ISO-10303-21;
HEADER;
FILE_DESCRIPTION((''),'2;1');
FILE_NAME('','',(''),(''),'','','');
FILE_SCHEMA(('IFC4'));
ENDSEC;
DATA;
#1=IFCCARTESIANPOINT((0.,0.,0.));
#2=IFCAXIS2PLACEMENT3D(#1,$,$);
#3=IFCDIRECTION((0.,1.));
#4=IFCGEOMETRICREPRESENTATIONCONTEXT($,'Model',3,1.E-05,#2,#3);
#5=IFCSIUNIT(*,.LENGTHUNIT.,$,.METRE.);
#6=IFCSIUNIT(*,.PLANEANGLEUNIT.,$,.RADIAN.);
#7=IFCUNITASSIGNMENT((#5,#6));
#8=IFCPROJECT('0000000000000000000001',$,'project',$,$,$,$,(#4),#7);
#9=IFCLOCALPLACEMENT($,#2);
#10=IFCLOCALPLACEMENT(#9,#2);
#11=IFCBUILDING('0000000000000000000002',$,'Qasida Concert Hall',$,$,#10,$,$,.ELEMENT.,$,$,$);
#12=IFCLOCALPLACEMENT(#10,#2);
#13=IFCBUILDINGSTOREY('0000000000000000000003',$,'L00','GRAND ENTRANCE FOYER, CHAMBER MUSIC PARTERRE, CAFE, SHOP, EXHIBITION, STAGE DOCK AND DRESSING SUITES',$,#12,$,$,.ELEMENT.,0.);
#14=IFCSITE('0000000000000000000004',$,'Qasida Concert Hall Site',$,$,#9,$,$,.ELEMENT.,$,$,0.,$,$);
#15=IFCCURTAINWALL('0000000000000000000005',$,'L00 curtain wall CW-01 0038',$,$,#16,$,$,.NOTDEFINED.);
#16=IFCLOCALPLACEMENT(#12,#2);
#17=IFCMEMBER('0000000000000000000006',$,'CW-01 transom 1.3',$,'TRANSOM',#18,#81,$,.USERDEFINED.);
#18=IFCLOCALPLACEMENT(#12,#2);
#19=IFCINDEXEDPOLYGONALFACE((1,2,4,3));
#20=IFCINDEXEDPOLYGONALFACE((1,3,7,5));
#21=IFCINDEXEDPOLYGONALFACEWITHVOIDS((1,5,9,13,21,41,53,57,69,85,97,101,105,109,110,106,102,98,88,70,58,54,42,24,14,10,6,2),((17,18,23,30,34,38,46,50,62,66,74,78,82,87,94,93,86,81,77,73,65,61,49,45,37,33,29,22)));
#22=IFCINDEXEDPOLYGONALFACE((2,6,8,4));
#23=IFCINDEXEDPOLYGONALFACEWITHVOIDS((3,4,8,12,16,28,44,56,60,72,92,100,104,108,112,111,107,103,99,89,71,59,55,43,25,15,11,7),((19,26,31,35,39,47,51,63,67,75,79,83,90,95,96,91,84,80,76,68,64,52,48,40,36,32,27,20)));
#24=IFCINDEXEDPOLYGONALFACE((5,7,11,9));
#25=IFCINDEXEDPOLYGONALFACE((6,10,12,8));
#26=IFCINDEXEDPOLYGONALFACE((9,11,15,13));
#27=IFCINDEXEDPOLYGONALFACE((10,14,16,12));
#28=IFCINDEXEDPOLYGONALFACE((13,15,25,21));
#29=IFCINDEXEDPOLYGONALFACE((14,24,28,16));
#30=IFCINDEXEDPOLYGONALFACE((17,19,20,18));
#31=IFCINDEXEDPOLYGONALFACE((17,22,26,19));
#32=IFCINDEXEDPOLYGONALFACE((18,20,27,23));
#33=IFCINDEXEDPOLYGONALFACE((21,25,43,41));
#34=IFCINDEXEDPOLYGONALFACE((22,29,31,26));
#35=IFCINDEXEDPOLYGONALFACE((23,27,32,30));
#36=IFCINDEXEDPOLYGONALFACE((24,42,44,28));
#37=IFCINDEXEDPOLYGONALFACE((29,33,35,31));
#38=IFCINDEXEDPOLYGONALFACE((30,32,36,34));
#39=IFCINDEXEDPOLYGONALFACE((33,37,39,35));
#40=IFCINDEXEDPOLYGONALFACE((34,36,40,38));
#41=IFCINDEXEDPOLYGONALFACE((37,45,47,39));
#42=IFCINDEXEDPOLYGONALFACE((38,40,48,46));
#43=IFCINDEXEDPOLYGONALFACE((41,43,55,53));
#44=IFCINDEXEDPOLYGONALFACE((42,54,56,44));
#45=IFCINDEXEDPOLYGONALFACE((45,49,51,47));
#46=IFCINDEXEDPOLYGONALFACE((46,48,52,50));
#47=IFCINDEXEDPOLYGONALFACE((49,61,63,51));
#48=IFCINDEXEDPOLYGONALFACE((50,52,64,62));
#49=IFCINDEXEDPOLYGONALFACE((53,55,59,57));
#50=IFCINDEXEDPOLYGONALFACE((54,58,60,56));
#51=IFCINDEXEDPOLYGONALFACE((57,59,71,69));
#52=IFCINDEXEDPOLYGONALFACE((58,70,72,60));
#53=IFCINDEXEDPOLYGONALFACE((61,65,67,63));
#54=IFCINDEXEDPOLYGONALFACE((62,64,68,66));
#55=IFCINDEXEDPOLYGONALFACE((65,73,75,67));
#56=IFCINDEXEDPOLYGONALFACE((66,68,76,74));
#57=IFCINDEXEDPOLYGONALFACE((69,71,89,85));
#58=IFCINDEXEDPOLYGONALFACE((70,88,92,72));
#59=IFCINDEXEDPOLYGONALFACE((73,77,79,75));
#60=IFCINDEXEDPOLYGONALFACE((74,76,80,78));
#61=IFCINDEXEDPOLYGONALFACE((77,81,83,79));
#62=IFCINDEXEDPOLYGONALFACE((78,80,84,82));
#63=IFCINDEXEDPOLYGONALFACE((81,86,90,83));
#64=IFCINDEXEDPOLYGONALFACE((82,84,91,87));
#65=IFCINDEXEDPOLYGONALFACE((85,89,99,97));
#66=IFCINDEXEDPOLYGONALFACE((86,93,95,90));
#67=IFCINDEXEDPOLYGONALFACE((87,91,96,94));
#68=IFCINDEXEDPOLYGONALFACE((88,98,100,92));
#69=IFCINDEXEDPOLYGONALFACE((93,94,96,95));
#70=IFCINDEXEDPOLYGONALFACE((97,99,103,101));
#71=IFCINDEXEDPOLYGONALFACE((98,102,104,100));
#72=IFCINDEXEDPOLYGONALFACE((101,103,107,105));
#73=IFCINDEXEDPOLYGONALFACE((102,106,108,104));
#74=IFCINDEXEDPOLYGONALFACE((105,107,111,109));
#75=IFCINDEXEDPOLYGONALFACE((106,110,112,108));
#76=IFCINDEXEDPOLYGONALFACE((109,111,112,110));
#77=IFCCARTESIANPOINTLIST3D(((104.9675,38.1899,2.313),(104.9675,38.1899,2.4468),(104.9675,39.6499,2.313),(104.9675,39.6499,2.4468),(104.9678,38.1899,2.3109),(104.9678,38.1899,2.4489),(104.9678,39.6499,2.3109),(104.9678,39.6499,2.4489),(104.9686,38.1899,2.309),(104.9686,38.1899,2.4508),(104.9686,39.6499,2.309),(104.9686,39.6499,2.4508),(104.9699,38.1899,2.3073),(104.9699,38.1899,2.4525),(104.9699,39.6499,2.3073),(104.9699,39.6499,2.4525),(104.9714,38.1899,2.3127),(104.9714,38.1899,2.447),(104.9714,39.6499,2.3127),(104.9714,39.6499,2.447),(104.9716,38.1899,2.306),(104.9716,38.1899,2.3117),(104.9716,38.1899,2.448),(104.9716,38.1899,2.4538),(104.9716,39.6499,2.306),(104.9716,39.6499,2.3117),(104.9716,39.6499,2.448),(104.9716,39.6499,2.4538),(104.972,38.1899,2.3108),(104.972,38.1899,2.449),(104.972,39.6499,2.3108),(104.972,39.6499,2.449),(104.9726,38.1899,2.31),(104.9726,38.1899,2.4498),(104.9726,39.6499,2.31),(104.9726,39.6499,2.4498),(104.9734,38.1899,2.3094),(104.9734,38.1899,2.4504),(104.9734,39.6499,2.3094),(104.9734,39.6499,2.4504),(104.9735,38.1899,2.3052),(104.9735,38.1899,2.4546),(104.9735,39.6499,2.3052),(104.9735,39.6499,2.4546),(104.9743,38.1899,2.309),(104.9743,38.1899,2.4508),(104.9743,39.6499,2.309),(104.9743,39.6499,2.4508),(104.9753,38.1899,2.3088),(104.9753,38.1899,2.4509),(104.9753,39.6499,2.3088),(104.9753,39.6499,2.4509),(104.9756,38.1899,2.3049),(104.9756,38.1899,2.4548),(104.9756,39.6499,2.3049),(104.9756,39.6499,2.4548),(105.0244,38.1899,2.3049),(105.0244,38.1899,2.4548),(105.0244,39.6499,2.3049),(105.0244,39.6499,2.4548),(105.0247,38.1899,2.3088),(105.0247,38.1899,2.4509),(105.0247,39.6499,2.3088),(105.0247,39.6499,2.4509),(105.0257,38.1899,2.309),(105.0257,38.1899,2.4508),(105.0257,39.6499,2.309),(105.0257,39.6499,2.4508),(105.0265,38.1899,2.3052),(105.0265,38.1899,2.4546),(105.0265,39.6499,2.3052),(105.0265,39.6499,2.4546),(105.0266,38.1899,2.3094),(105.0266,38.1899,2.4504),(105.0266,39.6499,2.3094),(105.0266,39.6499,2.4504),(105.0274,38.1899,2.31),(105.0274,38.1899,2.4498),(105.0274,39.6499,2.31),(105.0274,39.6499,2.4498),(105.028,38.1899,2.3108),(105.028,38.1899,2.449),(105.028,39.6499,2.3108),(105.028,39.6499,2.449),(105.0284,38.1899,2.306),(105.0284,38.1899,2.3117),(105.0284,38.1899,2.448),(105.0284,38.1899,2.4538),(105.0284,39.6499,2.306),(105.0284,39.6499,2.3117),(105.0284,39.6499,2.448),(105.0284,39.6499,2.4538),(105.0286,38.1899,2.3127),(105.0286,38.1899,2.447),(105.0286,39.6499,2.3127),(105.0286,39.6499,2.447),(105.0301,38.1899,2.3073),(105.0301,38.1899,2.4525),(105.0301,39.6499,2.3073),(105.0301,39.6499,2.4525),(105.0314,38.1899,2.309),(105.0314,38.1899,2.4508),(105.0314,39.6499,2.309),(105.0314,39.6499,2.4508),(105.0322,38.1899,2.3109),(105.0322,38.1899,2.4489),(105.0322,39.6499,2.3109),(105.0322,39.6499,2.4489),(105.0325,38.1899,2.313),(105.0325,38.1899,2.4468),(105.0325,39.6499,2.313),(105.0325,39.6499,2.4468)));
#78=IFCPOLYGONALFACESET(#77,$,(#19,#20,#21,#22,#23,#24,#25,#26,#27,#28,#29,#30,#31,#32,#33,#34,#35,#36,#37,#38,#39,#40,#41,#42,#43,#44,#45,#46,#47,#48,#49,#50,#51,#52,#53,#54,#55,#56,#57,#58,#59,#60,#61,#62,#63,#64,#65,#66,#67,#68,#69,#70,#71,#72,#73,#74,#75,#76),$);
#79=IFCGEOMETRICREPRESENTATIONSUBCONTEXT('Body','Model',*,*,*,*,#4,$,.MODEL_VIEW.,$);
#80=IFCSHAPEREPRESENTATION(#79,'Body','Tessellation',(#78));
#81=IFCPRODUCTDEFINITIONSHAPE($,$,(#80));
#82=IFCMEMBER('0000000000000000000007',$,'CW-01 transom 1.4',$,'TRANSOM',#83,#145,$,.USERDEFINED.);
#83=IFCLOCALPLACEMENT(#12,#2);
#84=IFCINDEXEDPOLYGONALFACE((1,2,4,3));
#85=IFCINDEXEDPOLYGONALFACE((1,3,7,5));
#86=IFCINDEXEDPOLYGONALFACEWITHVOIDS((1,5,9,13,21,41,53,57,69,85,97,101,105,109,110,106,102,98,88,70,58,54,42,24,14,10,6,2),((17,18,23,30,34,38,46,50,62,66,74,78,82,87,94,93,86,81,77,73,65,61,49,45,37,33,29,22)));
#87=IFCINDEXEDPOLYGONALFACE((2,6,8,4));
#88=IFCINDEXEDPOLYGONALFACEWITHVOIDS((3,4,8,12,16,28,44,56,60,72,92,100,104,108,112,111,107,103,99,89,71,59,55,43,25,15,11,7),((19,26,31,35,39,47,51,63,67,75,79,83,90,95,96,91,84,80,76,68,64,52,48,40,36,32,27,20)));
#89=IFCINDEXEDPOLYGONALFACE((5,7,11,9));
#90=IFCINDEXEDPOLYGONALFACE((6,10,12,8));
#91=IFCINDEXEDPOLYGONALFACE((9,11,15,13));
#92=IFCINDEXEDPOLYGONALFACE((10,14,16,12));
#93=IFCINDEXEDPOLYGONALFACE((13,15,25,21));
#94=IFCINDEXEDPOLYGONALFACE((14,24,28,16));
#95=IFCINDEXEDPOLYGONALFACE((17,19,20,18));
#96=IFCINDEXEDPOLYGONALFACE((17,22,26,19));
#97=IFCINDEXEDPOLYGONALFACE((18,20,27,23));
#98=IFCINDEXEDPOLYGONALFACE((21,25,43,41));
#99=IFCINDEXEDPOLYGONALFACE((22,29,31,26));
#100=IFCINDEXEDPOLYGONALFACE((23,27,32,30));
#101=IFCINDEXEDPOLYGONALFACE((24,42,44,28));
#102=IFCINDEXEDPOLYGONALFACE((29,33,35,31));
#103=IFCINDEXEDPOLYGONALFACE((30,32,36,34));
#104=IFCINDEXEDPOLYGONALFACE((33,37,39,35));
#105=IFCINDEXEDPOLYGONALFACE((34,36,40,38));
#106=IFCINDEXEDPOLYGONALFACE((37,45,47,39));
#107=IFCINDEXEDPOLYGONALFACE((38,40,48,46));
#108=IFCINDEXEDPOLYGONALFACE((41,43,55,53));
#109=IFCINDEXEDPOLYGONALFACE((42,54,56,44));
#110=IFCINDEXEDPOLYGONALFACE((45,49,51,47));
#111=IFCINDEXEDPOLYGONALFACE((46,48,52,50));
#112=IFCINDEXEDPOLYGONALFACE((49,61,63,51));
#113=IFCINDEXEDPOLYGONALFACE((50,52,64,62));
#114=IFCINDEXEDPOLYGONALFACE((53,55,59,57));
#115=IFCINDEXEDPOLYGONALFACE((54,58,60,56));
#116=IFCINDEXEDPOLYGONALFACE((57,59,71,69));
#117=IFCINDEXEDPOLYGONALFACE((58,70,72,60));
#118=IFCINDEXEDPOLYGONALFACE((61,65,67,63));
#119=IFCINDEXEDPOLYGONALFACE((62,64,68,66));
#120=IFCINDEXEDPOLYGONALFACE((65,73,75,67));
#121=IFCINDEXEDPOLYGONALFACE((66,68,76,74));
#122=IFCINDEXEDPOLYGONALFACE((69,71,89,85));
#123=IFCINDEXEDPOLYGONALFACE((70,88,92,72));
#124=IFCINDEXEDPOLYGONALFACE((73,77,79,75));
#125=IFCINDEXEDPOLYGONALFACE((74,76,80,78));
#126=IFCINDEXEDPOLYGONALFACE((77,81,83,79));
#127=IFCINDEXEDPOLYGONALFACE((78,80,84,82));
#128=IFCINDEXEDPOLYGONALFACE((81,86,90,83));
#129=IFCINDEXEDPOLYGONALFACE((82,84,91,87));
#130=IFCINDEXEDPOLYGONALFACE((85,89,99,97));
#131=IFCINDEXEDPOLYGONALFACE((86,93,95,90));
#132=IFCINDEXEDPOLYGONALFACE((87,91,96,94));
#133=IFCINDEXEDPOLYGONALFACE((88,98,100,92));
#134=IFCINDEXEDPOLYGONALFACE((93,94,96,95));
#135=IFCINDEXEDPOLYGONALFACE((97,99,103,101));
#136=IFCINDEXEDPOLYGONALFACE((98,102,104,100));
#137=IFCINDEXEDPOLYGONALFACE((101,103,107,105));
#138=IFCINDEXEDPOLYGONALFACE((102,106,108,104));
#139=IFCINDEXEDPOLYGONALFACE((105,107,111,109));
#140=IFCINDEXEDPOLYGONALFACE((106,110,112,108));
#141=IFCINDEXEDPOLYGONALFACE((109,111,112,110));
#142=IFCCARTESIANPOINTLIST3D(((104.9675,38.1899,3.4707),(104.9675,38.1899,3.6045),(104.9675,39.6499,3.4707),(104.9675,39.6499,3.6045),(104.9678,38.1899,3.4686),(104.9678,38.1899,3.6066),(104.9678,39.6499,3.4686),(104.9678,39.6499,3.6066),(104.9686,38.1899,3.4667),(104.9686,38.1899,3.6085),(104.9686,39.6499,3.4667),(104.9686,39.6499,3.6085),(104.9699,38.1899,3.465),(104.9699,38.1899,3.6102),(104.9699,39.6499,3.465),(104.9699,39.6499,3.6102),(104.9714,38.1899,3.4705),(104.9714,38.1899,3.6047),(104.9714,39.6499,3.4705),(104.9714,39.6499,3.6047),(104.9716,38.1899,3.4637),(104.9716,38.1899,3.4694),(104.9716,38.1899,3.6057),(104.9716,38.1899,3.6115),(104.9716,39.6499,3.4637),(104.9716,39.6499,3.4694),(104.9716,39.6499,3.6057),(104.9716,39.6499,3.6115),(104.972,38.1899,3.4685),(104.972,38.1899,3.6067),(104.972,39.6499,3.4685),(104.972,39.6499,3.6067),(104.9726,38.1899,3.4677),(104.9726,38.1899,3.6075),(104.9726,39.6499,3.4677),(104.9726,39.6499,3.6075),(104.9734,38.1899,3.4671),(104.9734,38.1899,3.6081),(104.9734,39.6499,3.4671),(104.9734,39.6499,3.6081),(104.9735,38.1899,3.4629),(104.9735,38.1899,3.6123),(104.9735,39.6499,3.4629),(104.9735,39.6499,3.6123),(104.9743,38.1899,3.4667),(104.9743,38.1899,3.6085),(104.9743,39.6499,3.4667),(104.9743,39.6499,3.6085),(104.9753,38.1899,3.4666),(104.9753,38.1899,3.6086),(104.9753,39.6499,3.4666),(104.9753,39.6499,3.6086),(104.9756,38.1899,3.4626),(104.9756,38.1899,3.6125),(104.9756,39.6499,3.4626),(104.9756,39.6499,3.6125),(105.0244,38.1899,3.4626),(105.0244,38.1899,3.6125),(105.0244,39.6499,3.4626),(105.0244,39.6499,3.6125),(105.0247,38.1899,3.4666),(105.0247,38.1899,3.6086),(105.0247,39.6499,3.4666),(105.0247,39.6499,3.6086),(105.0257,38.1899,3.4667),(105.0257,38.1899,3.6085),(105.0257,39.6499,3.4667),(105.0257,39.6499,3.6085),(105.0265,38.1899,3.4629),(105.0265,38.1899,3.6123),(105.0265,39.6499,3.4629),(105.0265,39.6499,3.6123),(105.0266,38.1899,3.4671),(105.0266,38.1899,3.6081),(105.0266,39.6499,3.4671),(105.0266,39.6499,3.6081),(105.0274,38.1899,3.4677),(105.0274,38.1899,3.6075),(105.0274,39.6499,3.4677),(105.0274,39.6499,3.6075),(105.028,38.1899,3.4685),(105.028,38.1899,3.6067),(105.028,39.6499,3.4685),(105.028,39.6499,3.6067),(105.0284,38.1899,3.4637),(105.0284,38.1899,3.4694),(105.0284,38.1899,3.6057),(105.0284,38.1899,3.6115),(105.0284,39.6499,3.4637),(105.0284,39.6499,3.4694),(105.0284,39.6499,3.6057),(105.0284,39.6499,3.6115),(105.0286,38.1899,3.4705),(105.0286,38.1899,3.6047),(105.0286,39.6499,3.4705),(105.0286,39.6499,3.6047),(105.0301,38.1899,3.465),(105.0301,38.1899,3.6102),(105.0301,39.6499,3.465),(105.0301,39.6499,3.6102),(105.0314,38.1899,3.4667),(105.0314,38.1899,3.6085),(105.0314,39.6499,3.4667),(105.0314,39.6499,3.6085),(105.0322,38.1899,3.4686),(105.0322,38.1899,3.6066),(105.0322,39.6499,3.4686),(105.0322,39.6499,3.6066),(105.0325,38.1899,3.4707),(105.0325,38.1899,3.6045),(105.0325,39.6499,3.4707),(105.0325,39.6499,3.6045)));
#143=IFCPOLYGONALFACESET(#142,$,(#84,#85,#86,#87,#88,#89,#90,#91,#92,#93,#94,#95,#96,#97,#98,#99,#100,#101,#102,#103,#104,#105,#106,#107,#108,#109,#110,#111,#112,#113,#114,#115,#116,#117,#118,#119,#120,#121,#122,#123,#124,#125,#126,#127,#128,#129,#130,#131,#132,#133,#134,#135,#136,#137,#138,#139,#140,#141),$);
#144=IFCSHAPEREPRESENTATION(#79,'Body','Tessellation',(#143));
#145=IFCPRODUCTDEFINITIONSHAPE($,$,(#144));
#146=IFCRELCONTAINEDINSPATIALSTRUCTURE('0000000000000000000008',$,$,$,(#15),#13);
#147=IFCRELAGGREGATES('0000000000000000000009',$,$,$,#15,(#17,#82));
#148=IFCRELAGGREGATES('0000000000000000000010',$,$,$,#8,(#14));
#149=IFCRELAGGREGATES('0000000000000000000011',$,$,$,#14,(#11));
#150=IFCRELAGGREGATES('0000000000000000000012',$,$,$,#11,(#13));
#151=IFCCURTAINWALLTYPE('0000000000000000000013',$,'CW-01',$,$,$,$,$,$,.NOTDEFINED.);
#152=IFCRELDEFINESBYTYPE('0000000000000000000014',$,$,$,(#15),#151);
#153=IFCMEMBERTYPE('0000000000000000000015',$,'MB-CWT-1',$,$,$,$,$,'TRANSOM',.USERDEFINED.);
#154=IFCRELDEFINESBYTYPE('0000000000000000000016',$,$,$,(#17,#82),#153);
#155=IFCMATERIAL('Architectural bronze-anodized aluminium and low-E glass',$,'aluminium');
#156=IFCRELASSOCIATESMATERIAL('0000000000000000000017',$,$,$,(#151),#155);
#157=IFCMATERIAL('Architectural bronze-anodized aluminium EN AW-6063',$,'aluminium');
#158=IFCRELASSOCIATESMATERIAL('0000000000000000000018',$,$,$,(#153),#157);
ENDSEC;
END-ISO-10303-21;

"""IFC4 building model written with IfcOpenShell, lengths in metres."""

from ifc_helpers import new_model, si_unit, direction, frame, origin, origin_2d, place, context, subcontext, project, spatial, hollow_rectangle, extrude, material, material_profile, profile_set, type_object, element, aggregate, save


model = new_model("IFC4")

# Units and contexts
model_context = context("Model", 3, precision=1e-05, world=origin(), true_north=direction((0.0, 1.0)))
body_context = subcontext(model_context, "Body", "Model", "MODEL_VIEW")
ifc_project = project(units=[si_unit("LENGTHUNIT", "METRE"), si_unit("PLANEANGLEUNIT", "RADIAN")], contexts=[model_context])

# Site, building, storey
site_placement = place(None, origin())
site = spatial("IfcSite", under=ifc_project, at=site_placement, Name="Qasida Concert Hall Site", CompositionType="ELEMENT", RefElevation=0.0)
building_placement = place(site_placement, origin())
building = spatial("IfcBuilding", under=site, at=building_placement, Name="Qasida Concert Hall", CompositionType="ELEMENT")
storey_placement = place(building_placement, origin())
storey = spatial("IfcBuildingStorey", under=building, at=storey_placement, Name="L00", Description="GRAND ENTRANCE FOYER, CHAMBER MUSIC PARTERRE, CAFE, SHOP, EXHIBITION, STAGE DOCK AND DRESSING SUITES", CompositionType="ELEMENT", Elevation=0.0)

# Shared definitions
ifc_material_1 = material(Name="Architectural bronze-anodized aluminium and low-E glass", Category="aluminium")
curtain_wall_type = type_object("IfcCurtainWallType", Name="CW-01", PredefinedType="NOTDEFINED", material=ifc_material_1)
ifc_material_2 = material(Name="Architectural bronze-anodized aluminium EN AW-6063", Category="aluminium")

# Curtain wall
curtain_wall_1_placement = place(storey_placement, origin())
curtain_wall_1 = element("IfcCurtainWall", 1, at=curtain_wall_1_placement, inside=storey, type_object=curtain_wall_type, Name="L00 curtain wall CW-01 0038", PredefinedType="NOTDEFINED")

# Members
ifc_material_profile_1 = material_profile(ifc_material_2, hollow_rectangle(XDim=0.0649, YDim=0.1499, WallThickness=0.0039, InnerFilletRadius=0.0039, OuterFilletRadius=0.0081, at=origin_2d()), Name="CWT 150x65x4")
ifc_profile_set_1 = profile_set([ifc_material_profile_1], Name="Architectural bronze-anodized aluminium EN AW-6063")
member_type_1 = type_object("IfcMemberType", Name="MB-CWT-1", ElementType="TRANSOM", PredefinedType="USERDEFINED", material=ifc_profile_set_1)
member_1_placement = place(storey_placement, frame((105.0, 38.1899, 2.3799), z_axis=(0.0, 1.0, 0.0), x_axis=(-1.0, 0.0, 0.0)))
member_1 = element("IfcMember", 2, at=member_1_placement, type_object=member_type_1, Name="CW-01 transom 1.3", ObjectType="TRANSOM", PredefinedType="USERDEFINED", context=body_context, shape_type="SweptSolid", body=[
    extrude(hollow_rectangle(XDim=0.0649, YDim=0.1499, WallThickness=0.0039, InnerFilletRadius=0.0039, OuterFilletRadius=0.0081, at=origin_2d()), origin(), (0.0, 0.0, 1.0), 1.46),
])
member_2_placement = place(storey_placement, frame((105.0, 38.1899, 3.5376), z_axis=(0.0, 1.0, 0.0), x_axis=(-1.0, 0.0, 0.0)))
member_2 = element("IfcMember", 3, at=member_2_placement, type_object=member_type_1, Name="CW-01 transom 1.4", ObjectType="TRANSOM", PredefinedType="USERDEFINED", context=body_context, shape_type="SweptSolid", body=[
    extrude(hollow_rectangle(XDim=0.0649, YDim=0.1499, WallThickness=0.0039, InnerFilletRadius=0.0039, OuterFilletRadius=0.0081, at=origin_2d()), origin(), (0.0, 0.0, 1.0), 1.46),
])

aggregate(curtain_wall_1, [member_1, member_2])

save(model, "model.ifc")
